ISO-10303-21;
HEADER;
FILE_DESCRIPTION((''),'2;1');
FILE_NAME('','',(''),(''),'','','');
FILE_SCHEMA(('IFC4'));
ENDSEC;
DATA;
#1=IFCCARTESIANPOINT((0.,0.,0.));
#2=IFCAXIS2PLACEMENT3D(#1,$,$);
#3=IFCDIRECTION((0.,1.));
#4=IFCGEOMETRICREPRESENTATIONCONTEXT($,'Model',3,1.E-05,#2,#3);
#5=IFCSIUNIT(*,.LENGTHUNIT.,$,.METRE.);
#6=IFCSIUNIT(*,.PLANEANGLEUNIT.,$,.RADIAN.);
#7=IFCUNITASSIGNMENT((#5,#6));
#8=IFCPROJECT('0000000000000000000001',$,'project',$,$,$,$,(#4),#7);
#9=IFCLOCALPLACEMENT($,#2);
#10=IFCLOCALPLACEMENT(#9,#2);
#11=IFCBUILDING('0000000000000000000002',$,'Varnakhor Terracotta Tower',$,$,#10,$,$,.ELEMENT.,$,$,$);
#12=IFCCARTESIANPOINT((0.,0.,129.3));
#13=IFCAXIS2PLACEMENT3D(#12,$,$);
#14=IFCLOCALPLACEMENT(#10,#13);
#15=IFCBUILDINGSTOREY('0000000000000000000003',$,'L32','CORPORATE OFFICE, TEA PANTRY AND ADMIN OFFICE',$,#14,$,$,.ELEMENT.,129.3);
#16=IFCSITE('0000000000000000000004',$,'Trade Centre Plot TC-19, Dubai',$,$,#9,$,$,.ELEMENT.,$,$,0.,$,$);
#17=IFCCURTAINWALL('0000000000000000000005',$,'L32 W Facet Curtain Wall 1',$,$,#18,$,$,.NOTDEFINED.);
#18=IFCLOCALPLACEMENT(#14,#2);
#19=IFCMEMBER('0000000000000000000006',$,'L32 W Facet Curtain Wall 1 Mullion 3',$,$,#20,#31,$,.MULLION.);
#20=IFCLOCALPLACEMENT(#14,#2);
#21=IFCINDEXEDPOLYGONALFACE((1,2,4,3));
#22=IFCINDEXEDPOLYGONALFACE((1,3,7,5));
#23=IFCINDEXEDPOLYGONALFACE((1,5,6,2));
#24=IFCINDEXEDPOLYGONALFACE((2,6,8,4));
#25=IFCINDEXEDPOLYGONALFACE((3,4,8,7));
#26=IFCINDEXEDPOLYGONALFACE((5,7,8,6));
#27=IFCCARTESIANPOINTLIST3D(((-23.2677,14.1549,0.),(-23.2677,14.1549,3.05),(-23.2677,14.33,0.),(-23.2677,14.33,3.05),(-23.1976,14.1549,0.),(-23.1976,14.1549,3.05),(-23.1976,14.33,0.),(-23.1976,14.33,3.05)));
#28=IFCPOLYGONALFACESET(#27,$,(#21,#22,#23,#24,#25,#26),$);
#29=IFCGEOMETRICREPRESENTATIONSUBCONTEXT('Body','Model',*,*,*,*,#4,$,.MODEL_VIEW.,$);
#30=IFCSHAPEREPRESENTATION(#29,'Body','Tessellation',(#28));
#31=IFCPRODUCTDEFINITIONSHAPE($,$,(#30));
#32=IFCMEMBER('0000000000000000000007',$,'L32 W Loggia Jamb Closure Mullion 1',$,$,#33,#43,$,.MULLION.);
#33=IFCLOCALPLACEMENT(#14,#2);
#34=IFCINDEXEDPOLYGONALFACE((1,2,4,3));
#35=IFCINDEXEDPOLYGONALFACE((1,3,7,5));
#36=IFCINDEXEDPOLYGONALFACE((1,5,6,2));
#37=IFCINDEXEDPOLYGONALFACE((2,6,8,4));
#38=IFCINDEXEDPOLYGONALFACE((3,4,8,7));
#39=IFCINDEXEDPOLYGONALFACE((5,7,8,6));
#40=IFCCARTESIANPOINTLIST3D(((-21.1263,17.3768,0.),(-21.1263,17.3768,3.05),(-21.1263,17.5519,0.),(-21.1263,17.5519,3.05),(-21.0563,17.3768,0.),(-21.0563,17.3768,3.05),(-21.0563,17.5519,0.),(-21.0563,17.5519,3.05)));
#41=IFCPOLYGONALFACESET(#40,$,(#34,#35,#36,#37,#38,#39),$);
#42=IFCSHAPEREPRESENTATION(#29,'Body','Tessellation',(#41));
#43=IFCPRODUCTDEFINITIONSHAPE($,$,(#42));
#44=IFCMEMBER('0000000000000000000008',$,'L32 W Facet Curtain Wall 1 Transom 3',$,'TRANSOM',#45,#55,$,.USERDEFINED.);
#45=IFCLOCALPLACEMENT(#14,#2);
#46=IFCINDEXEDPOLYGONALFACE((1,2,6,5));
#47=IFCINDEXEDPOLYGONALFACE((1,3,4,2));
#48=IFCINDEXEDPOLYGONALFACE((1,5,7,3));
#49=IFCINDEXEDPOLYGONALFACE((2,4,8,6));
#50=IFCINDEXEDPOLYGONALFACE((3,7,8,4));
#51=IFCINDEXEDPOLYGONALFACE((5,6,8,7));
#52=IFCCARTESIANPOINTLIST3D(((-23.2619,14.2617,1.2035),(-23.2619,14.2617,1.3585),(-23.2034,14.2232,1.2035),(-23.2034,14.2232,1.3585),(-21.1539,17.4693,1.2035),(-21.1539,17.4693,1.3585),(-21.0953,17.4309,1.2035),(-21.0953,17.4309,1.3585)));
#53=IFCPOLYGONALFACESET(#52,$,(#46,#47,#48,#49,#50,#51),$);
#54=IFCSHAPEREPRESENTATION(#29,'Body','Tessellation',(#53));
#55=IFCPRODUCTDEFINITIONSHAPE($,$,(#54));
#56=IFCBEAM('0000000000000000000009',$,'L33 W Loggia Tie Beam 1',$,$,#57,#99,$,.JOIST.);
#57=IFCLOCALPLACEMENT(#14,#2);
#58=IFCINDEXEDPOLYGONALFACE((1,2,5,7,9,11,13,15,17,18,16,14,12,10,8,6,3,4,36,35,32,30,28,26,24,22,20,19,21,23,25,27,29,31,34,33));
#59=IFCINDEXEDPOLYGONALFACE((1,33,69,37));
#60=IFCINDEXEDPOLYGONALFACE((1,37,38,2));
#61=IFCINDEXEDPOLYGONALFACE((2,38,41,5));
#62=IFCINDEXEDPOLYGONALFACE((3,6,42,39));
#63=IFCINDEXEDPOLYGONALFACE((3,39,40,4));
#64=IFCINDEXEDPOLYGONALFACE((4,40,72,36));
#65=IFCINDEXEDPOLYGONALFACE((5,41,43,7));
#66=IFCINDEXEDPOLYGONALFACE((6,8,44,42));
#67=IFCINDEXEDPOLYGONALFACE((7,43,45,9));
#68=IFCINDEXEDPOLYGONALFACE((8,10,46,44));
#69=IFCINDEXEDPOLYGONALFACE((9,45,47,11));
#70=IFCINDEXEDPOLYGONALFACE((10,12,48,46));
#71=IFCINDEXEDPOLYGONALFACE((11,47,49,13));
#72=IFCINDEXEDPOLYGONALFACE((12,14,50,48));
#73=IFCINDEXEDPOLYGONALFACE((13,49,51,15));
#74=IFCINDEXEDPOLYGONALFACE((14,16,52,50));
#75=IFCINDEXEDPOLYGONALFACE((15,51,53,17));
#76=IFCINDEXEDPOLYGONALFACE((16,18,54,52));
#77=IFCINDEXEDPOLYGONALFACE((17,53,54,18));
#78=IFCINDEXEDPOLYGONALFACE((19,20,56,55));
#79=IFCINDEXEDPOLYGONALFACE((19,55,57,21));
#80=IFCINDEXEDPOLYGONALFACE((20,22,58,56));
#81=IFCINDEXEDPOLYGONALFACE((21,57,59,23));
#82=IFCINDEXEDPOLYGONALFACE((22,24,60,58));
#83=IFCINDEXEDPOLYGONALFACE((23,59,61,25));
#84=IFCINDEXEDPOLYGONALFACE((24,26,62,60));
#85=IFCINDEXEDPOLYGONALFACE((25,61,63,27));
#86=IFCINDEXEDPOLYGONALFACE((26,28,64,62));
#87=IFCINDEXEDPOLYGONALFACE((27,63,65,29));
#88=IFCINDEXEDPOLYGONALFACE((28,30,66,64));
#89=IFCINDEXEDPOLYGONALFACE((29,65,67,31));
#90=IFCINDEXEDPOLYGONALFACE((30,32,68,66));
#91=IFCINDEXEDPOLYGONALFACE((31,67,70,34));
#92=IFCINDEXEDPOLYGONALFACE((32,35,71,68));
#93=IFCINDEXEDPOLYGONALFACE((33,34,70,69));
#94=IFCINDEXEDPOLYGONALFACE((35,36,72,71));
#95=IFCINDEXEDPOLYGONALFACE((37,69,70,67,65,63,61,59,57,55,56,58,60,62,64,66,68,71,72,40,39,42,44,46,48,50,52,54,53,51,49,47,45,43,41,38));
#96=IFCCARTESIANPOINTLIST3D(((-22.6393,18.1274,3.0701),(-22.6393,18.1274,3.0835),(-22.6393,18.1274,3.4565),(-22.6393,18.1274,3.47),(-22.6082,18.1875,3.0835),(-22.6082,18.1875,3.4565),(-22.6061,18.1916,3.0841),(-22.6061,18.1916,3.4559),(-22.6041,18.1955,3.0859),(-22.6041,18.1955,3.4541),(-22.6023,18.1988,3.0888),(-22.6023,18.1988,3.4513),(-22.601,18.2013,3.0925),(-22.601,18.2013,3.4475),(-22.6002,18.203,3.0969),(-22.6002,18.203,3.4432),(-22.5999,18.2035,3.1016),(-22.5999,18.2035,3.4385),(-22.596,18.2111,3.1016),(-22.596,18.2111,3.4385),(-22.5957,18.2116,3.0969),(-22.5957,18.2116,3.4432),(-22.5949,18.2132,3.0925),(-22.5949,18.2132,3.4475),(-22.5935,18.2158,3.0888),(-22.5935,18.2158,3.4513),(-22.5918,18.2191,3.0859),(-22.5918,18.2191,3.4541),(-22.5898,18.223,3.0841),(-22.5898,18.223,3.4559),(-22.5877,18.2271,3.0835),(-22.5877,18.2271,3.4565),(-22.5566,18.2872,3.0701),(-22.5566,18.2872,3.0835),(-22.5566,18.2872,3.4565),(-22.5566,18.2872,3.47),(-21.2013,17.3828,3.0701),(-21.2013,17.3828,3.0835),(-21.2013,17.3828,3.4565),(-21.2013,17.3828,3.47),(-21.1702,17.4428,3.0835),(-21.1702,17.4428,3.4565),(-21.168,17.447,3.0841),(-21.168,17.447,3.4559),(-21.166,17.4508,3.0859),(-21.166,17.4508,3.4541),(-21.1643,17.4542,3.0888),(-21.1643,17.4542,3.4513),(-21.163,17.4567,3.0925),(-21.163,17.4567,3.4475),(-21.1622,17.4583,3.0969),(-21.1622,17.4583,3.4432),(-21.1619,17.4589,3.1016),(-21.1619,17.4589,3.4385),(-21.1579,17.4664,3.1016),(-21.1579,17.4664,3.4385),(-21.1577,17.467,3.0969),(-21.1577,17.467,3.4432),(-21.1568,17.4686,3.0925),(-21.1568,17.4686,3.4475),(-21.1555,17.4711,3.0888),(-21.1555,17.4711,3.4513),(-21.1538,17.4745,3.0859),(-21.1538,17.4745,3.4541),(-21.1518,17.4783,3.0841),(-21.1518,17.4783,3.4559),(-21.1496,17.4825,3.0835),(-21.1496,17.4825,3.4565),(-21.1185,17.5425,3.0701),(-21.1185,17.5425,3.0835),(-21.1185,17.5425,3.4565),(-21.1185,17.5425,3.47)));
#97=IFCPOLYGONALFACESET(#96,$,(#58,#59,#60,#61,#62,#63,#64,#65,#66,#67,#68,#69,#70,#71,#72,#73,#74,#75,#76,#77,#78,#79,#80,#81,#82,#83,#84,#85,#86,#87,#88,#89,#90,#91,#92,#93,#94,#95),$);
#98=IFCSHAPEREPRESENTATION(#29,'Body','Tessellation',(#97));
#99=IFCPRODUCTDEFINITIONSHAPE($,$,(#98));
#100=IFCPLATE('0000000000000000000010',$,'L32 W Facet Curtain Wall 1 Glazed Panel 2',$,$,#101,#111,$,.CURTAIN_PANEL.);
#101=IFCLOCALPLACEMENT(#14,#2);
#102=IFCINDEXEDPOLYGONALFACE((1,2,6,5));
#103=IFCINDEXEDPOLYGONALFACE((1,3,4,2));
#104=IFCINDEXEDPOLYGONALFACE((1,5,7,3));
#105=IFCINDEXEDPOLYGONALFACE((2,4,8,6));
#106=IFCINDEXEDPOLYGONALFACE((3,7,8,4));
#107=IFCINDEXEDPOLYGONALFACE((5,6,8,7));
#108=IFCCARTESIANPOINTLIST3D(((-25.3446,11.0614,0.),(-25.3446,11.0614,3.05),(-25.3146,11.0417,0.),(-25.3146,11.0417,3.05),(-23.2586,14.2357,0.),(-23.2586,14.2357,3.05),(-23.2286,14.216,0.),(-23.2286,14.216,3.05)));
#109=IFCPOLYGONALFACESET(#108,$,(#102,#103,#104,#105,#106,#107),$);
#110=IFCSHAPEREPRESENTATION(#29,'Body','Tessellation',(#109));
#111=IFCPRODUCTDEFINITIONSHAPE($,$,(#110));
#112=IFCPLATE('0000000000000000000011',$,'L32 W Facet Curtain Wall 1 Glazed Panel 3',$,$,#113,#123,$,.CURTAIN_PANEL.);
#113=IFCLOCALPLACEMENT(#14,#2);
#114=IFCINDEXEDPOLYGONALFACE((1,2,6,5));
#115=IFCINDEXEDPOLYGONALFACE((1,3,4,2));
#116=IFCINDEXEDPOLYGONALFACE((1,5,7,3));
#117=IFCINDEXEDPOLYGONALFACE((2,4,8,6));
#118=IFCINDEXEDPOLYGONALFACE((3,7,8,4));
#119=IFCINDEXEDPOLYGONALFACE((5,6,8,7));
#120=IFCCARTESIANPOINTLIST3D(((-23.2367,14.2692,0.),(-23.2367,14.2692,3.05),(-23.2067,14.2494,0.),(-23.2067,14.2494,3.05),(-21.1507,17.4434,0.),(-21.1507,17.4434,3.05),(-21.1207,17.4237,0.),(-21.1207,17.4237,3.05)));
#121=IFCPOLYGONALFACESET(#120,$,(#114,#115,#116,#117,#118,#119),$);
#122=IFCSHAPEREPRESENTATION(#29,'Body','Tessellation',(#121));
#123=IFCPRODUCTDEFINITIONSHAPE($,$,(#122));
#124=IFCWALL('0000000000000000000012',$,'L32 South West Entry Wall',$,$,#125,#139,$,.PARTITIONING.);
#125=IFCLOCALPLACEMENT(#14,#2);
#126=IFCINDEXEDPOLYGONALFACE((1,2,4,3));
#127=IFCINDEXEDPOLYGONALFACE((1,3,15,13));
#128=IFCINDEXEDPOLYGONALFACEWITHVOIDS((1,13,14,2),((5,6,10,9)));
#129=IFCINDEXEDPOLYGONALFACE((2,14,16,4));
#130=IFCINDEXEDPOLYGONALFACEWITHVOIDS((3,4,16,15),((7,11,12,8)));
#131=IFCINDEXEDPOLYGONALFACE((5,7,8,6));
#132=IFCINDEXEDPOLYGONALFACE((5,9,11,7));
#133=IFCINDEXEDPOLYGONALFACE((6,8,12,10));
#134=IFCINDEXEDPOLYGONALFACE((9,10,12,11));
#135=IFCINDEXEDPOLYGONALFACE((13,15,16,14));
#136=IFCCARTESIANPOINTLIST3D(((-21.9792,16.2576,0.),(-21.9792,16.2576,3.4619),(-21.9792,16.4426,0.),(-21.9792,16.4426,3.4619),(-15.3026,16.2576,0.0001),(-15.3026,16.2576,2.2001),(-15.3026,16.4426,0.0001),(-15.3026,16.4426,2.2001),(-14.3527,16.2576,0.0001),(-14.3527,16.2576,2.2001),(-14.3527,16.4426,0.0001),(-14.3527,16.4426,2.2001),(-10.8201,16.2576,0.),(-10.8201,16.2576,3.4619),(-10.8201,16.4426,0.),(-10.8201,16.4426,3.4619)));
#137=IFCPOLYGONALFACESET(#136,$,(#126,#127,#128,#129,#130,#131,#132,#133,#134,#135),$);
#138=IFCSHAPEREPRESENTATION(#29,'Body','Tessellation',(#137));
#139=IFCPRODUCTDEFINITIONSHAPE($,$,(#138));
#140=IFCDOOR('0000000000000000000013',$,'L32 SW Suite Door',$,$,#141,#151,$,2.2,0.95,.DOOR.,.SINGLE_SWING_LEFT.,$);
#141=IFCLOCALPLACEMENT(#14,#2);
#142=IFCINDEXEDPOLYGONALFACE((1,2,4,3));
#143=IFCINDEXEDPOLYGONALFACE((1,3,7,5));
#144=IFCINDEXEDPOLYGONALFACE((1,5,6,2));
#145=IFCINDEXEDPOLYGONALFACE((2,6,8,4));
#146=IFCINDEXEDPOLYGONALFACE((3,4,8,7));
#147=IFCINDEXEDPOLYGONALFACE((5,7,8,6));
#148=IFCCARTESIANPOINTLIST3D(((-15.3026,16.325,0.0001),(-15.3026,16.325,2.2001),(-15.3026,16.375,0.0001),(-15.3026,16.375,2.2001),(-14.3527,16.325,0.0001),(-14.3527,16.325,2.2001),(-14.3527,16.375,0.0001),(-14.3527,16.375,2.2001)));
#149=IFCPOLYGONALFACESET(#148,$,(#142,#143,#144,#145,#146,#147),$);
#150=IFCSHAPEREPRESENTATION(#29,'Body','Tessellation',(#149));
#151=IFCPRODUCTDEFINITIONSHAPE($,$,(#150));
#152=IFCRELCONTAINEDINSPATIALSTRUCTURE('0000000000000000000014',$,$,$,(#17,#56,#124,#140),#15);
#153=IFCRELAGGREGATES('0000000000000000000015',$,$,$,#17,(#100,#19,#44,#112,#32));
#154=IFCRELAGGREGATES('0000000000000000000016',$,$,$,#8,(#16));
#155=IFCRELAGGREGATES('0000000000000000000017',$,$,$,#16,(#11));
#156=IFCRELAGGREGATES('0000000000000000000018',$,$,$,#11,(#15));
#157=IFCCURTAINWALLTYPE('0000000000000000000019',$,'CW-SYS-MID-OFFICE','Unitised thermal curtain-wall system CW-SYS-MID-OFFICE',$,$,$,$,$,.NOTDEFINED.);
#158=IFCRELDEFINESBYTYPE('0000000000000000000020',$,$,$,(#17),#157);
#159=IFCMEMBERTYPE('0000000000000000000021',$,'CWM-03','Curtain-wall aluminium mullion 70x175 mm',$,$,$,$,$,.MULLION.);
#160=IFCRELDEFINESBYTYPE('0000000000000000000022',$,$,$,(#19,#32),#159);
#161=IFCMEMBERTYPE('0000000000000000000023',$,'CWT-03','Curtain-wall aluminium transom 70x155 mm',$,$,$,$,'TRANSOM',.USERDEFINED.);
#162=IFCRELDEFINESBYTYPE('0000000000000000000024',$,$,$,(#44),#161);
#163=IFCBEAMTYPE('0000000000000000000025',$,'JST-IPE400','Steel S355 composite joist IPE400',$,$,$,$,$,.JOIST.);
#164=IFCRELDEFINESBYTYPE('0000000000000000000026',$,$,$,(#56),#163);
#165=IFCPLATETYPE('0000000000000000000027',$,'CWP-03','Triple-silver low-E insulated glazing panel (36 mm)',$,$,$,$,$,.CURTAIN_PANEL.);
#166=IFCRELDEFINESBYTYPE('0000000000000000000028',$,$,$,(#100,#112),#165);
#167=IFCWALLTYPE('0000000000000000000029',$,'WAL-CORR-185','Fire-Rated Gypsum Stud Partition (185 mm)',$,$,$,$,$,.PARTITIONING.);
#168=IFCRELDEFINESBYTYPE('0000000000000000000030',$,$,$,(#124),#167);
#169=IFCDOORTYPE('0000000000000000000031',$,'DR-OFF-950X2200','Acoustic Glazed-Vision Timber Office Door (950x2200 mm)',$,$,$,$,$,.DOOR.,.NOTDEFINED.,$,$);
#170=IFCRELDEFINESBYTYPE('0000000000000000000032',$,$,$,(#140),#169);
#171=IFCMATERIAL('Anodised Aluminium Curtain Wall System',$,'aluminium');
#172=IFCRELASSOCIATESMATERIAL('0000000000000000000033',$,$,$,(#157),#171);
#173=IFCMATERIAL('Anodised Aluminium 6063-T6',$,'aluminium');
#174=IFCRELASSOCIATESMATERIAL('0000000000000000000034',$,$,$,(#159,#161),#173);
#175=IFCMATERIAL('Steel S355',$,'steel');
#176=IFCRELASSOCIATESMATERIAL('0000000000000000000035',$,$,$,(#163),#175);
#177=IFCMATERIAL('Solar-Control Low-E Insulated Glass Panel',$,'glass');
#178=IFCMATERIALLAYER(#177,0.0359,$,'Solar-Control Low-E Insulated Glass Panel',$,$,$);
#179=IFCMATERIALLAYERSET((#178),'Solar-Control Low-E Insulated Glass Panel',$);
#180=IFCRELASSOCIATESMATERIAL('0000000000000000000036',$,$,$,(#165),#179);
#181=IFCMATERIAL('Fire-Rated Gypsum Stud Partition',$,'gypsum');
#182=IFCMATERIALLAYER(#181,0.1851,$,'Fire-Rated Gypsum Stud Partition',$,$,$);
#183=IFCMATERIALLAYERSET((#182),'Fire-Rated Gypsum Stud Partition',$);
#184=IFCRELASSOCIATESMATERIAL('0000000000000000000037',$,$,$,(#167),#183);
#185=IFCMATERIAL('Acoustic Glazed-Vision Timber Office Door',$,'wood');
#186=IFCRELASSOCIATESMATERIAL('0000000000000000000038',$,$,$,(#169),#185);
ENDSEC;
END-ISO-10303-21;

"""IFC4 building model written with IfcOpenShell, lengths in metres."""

from ifc_helpers import new_model, si_unit, direction, frame, frame_2d, origin, origin_2d, place, context, subcontext, project, spatial, rectangle, i_section, extrude, source, transform, mapped, material, layer, layer_set, material_profile, profile_set, type_object, type_shapes, element, fill, aggregate, save


model = new_model("IFC4")

# Units and contexts
model_context = context("Model", 3, precision=1e-05, world=origin(), true_north=direction((0.0, 1.0)))
body_context = subcontext(model_context, "Body", "Model", "MODEL_VIEW")
ifc_project = project(units=[si_unit("LENGTHUNIT", "METRE"), si_unit("PLANEANGLEUNIT", "RADIAN")], contexts=[model_context])

# Site, building, storey
site_placement = place(None, origin())
site = spatial("IfcSite", under=ifc_project, at=site_placement, Name="Trade Centre Plot TC-19, Dubai", CompositionType="ELEMENT", RefElevation=0.0)
building_placement = place(site_placement, origin())
building = spatial("IfcBuilding", under=site, at=building_placement, Name="Varnakhor Terracotta Tower", CompositionType="ELEMENT")
storey_placement = place(building_placement, frame((0.0, 0.0, 129.3)))
storey = spatial("IfcBuildingStorey", under=building, at=storey_placement, Name="L32", Description="CORPORATE OFFICE, TEA PANTRY AND ADMIN OFFICE", CompositionType="ELEMENT", Elevation=129.3)

# Shared definitions
ifc_material_1 = material(Name="Steel S355", Category="steel")

# Curtain wall, members
ifc_material_2 = material(Name="Anodised Aluminium Curtain Wall System", Category="aluminium")
curtain_wall_type = type_object("IfcCurtainWallType", Name="CW-SYS-MID-OFFICE", Description="Unitised thermal curtain-wall system CW-SYS-MID-OFFICE", PredefinedType="NOTDEFINED", material=ifc_material_2)
curtain_wall_placement = place(storey_placement, origin())
curtain_wall = element("IfcCurtainWall", 1, at=curtain_wall_placement, inside=storey, type_object=curtain_wall_type, Name="L32 W Facet Curtain Wall 1", PredefinedType="NOTDEFINED")
ifc_material_3 = material(Name="Anodised Aluminium 6063-T6", Category="aluminium")
ifc_material_profile_1 = material_profile(ifc_material_3, rectangle(XDim=0.0701, YDim=0.175, at=origin_2d()), Name="ALU MULLION 70x175")
ifc_profile_set_1 = profile_set([ifc_material_profile_1], Name="Anodised Aluminium 6063-T6")
member_type_1 = type_object("IfcMemberType", Name="CWM-03", Description="Curtain-wall aluminium mullion 70x175 mm", PredefinedType="MULLION", material=ifc_profile_set_1)
shared_shape_1 = source(origin(), body_context, "Body", "SweptSolid", [
    extrude(rectangle(XDim=0.0701, YDim=0.175, at=origin_2d()), origin(), (0.0, 0.0, 1.0), 3.05),
])
member_1_placement = place(storey_placement, frame((-23.2327, 14.2424, 0.0), z_axis=(0.0, 0.0, 1.0), x_axis=(1.0, 0.0, 0.0)))
member_1 = element("IfcMember", 2, at=member_1_placement, type_object=member_type_1, Name="L32 W Facet Curtain Wall 1 Mullion 3", PredefinedType="MULLION", context=body_context, shape_type="MappedRepresentation", body=[
    mapped(shared_shape_1, transform((0.0, 0.0, 0.0), scale=1.0)),
])
member_2_placement = place(storey_placement, frame((-21.0913, 17.4644, 0.0), z_axis=(0.0, 0.0, 1.0), x_axis=(1.0, 0.0, 0.0)))
member_2 = element("IfcMember", 3, at=member_2_placement, type_object=member_type_1, Name="L32 W Loggia Jamb Closure Mullion 1", PredefinedType="MULLION", context=body_context, shape_type="MappedRepresentation", body=[
    mapped(shared_shape_1, transform((0.0, 0.0, 0.0), scale=1.0)),
])
ifc_material_profile_2 = material_profile(ifc_material_3, rectangle(XDim=0.0701, YDim=0.155, at=origin_2d()), Name="ALU TRANSOM 70x155")
ifc_profile_set_2 = profile_set([ifc_material_profile_2], Name="Anodised Aluminium 6063-T6")
member_type_2 = type_object("IfcMemberType", Name="CWT-03", Description="Curtain-wall aluminium transom 70x155 mm", ElementType="TRANSOM", PredefinedType="USERDEFINED", material=ifc_profile_set_2)
shared_shape_2 = source(origin(), body_context, "Body", "SweptSolid", [
    extrude(rectangle(XDim=0.0701, YDim=0.155, at=origin_2d()), origin(), (0.0, 0.0, 1.0), 3.8384),
])
member_3_placement = place(storey_placement, frame((-23.2327, 14.2424, 1.281), z_axis=(0.549213, 0.835682, 0.0), x_axis=(-0.835682, 0.549213, 0.0)))
member_3 = element("IfcMember", 4, at=member_3_placement, type_object=member_type_2, Name="L32 W Facet Curtain Wall 1 Transom 3", ObjectType="TRANSOM", PredefinedType="USERDEFINED", context=body_context, shape_type="MappedRepresentation", body=[
    mapped(shared_shape_2, transform((0.0, 0.0, 0.0), scale=1.0)),
])

# Beam
ifc_material_profile_3 = material_profile(ifc_material_1, i_section(OverallWidth=0.1799, OverallDepth=0.3999, WebThickness=0.0085, FlangeThickness=0.0134, FilletRadius=0.0181, at=origin_2d()), Name="IPE400")
ifc_profile_set_3 = profile_set([ifc_material_profile_3], Name="Steel S355")
beam_type_1 = type_object("IfcBeamType", Name="JST-IPE400", Description="Steel S355 composite joist IPE400", PredefinedType="JOIST", material=ifc_profile_set_3)
shared_shape_3 = source(origin(), body_context, "Body", "SweptSolid", [
    extrude(i_section(OverallWidth=0.1799, OverallDepth=0.3999, WebThickness=0.0085, FlangeThickness=0.0134, FilletRadius=0.0181, at=origin_2d()), origin(), (0.0, 0.0, 1.0), 1.6194),
])
beam_1_placement = place(storey_placement, frame((-21.1599, 17.4626, 3.27), z_axis=(-0.888005, 0.459833, 0.0), x_axis=(-0.459833, -0.888005, 0.0)))
element("IfcBeam", 5, at=beam_1_placement, inside=storey, type_object=beam_type_1, Name="L33 W Loggia Tie Beam 1", PredefinedType="JOIST", context=body_context, shape_type="MappedRepresentation", body=[
    mapped(shared_shape_3, transform((0.0, 0.0, 0.0), scale=1.0)),
])

# Plates
ifc_material_4 = material(Name="Solar-Control Low-E Insulated Glass Panel", Category="glass")
ifc_layer_1 = layer(ifc_material_4, 0.0359, Name="Solar-Control Low-E Insulated Glass Panel")
ifc_layer_set_1 = layer_set([ifc_layer_1], Name="Solar-Control Low-E Insulated Glass Panel")
plate_type = type_object("IfcPlateType", Name="CWP-03", Description="Triple-silver low-E insulated glazing panel (36 mm)", PredefinedType="CURTAIN_PANEL", material=ifc_layer_set_1)
shared_shape_4 = source(origin(), body_context, "Body", "SweptSolid", [
    extrude(rectangle(XDim=3.7983, YDim=0.0359, at=origin_2d()), origin(), (0.0, 0.0, 1.0), 3.05),
])
plate_1_placement = place(storey_placement, frame((-24.2866, 12.6387, 0.0), z_axis=(0.0, 0.0, 1.0), x_axis=(0.549183, 0.835702, 0.0)))
plate_1 = element("IfcPlate", 6, at=plate_1_placement, type_object=plate_type, Name="L32 W Facet Curtain Wall 1 Glazed Panel 2", PredefinedType="CURTAIN_PANEL", context=body_context, shape_type="MappedRepresentation", body=[
    mapped(shared_shape_4, transform((0.0, 0.0, 0.0), scale=1.0)),
])
plate_2_placement = place(storey_placement, frame((-22.1787, 15.8464, 0.0), z_axis=(0.0, 0.0, 1.0), x_axis=(0.549183, 0.835702, 0.0)))
plate_2 = element("IfcPlate", 7, at=plate_2_placement, type_object=plate_type, Name="L32 W Facet Curtain Wall 1 Glazed Panel 3", PredefinedType="CURTAIN_PANEL", context=body_context, shape_type="MappedRepresentation", body=[
    mapped(shared_shape_4, transform((0.0, 0.0, 0.0), scale=1.0)),
])
aggregate(curtain_wall, [plate_1, member_1, member_3, plate_2, member_2])

# Wall, opening, door
ifc_material_5 = material(Name="Fire-Rated Gypsum Stud Partition", Category="gypsum")
ifc_layer_2 = layer(ifc_material_5, 0.1851, Name="Fire-Rated Gypsum Stud Partition")
ifc_layer_set_2 = layer_set([ifc_layer_2], Name="Fire-Rated Gypsum Stud Partition")
wall_type_1 = type_object("IfcWallType", Name="WAL-CORR-185", Description="Fire-Rated Gypsum Stud Partition (185 mm)", PredefinedType="PARTITIONING", material=ifc_layer_set_2)
wall_1_placement = place(storey_placement, frame((-21.9792, 16.3501, 0.0), z_axis=(0.0, 0.0, 1.0), x_axis=(1.0, 0.0, 0.0)))
wall_1 = element("IfcWall", 8, at=wall_1_placement, inside=storey, type_object=wall_type_1, Name="L32 South West Entry Wall", PredefinedType="PARTITIONING", context=body_context, shape_type="SweptSolid", body=[
    extrude(rectangle(XDim=11.1592, YDim=0.1851, at=frame_2d((5.5796, 0.0))), origin(), (0.0, 0.0, 1.0), 3.4619),
])
opening_1_placement = place(wall_1_placement, frame((6.6765, 0.0, 0.0)))
opening_1 = element("IfcOpeningElement", 9, at=opening_1_placement, cuts=wall_1, PredefinedType="OPENING", context=body_context, shape_type="SweptSolid", body=[
    extrude(rectangle(XDim=0.95, YDim=2.2, at=frame_2d((0.4751, 1.1001))), frame((0.0, 0.1025, 0.0), z_axis=(0.0, -1.0, 0.0), x_axis=(1.0, 0.0, 0.0)), (0.0, 0.0, 1.0), 0.2051),
])
ifc_material_6 = material(Name="Acoustic Glazed-Vision Timber Office Door", Category="wood")
door_type_1 = type_object("IfcDoorType", Name="DR-OFF-950X2200", Description="Acoustic Glazed-Vision Timber Office Door (950x2200 mm)", OperationType="NOTDEFINED", PredefinedType="DOOR", material=ifc_material_6)
shared_shape_5 = source(origin(), body_context, "Body", "SweptSolid", [
    extrude(rectangle(XDim=0.95, YDim=2.2, at=frame_2d((0.4751, 1.1001))), frame((0.0, 0.0249, 0.0), z_axis=(0.0, -1.0, 0.0), x_axis=(1.0, 0.0, 0.0)), (0.0, 0.0, 1.0), 0.05),
])
type_shapes(door_type_1, [shared_shape_5])
door_1_placement = place(opening_1_placement, origin())
door_1 = element("IfcDoor", 10, at=door_1_placement, inside=storey, type_object=door_type_1, Name="L32 SW Suite Door", OperationType="SINGLE_SWING_LEFT", OverallHeight=2.2, OverallWidth=0.95, PredefinedType="DOOR", context=body_context, shape_type="MappedRepresentation", body=[
    mapped(shared_shape_5, transform((0.0, 0.0, 0.0), scale=1.0)),
])
fill(opening_1, door_1)

save(model, "model.ifc")
